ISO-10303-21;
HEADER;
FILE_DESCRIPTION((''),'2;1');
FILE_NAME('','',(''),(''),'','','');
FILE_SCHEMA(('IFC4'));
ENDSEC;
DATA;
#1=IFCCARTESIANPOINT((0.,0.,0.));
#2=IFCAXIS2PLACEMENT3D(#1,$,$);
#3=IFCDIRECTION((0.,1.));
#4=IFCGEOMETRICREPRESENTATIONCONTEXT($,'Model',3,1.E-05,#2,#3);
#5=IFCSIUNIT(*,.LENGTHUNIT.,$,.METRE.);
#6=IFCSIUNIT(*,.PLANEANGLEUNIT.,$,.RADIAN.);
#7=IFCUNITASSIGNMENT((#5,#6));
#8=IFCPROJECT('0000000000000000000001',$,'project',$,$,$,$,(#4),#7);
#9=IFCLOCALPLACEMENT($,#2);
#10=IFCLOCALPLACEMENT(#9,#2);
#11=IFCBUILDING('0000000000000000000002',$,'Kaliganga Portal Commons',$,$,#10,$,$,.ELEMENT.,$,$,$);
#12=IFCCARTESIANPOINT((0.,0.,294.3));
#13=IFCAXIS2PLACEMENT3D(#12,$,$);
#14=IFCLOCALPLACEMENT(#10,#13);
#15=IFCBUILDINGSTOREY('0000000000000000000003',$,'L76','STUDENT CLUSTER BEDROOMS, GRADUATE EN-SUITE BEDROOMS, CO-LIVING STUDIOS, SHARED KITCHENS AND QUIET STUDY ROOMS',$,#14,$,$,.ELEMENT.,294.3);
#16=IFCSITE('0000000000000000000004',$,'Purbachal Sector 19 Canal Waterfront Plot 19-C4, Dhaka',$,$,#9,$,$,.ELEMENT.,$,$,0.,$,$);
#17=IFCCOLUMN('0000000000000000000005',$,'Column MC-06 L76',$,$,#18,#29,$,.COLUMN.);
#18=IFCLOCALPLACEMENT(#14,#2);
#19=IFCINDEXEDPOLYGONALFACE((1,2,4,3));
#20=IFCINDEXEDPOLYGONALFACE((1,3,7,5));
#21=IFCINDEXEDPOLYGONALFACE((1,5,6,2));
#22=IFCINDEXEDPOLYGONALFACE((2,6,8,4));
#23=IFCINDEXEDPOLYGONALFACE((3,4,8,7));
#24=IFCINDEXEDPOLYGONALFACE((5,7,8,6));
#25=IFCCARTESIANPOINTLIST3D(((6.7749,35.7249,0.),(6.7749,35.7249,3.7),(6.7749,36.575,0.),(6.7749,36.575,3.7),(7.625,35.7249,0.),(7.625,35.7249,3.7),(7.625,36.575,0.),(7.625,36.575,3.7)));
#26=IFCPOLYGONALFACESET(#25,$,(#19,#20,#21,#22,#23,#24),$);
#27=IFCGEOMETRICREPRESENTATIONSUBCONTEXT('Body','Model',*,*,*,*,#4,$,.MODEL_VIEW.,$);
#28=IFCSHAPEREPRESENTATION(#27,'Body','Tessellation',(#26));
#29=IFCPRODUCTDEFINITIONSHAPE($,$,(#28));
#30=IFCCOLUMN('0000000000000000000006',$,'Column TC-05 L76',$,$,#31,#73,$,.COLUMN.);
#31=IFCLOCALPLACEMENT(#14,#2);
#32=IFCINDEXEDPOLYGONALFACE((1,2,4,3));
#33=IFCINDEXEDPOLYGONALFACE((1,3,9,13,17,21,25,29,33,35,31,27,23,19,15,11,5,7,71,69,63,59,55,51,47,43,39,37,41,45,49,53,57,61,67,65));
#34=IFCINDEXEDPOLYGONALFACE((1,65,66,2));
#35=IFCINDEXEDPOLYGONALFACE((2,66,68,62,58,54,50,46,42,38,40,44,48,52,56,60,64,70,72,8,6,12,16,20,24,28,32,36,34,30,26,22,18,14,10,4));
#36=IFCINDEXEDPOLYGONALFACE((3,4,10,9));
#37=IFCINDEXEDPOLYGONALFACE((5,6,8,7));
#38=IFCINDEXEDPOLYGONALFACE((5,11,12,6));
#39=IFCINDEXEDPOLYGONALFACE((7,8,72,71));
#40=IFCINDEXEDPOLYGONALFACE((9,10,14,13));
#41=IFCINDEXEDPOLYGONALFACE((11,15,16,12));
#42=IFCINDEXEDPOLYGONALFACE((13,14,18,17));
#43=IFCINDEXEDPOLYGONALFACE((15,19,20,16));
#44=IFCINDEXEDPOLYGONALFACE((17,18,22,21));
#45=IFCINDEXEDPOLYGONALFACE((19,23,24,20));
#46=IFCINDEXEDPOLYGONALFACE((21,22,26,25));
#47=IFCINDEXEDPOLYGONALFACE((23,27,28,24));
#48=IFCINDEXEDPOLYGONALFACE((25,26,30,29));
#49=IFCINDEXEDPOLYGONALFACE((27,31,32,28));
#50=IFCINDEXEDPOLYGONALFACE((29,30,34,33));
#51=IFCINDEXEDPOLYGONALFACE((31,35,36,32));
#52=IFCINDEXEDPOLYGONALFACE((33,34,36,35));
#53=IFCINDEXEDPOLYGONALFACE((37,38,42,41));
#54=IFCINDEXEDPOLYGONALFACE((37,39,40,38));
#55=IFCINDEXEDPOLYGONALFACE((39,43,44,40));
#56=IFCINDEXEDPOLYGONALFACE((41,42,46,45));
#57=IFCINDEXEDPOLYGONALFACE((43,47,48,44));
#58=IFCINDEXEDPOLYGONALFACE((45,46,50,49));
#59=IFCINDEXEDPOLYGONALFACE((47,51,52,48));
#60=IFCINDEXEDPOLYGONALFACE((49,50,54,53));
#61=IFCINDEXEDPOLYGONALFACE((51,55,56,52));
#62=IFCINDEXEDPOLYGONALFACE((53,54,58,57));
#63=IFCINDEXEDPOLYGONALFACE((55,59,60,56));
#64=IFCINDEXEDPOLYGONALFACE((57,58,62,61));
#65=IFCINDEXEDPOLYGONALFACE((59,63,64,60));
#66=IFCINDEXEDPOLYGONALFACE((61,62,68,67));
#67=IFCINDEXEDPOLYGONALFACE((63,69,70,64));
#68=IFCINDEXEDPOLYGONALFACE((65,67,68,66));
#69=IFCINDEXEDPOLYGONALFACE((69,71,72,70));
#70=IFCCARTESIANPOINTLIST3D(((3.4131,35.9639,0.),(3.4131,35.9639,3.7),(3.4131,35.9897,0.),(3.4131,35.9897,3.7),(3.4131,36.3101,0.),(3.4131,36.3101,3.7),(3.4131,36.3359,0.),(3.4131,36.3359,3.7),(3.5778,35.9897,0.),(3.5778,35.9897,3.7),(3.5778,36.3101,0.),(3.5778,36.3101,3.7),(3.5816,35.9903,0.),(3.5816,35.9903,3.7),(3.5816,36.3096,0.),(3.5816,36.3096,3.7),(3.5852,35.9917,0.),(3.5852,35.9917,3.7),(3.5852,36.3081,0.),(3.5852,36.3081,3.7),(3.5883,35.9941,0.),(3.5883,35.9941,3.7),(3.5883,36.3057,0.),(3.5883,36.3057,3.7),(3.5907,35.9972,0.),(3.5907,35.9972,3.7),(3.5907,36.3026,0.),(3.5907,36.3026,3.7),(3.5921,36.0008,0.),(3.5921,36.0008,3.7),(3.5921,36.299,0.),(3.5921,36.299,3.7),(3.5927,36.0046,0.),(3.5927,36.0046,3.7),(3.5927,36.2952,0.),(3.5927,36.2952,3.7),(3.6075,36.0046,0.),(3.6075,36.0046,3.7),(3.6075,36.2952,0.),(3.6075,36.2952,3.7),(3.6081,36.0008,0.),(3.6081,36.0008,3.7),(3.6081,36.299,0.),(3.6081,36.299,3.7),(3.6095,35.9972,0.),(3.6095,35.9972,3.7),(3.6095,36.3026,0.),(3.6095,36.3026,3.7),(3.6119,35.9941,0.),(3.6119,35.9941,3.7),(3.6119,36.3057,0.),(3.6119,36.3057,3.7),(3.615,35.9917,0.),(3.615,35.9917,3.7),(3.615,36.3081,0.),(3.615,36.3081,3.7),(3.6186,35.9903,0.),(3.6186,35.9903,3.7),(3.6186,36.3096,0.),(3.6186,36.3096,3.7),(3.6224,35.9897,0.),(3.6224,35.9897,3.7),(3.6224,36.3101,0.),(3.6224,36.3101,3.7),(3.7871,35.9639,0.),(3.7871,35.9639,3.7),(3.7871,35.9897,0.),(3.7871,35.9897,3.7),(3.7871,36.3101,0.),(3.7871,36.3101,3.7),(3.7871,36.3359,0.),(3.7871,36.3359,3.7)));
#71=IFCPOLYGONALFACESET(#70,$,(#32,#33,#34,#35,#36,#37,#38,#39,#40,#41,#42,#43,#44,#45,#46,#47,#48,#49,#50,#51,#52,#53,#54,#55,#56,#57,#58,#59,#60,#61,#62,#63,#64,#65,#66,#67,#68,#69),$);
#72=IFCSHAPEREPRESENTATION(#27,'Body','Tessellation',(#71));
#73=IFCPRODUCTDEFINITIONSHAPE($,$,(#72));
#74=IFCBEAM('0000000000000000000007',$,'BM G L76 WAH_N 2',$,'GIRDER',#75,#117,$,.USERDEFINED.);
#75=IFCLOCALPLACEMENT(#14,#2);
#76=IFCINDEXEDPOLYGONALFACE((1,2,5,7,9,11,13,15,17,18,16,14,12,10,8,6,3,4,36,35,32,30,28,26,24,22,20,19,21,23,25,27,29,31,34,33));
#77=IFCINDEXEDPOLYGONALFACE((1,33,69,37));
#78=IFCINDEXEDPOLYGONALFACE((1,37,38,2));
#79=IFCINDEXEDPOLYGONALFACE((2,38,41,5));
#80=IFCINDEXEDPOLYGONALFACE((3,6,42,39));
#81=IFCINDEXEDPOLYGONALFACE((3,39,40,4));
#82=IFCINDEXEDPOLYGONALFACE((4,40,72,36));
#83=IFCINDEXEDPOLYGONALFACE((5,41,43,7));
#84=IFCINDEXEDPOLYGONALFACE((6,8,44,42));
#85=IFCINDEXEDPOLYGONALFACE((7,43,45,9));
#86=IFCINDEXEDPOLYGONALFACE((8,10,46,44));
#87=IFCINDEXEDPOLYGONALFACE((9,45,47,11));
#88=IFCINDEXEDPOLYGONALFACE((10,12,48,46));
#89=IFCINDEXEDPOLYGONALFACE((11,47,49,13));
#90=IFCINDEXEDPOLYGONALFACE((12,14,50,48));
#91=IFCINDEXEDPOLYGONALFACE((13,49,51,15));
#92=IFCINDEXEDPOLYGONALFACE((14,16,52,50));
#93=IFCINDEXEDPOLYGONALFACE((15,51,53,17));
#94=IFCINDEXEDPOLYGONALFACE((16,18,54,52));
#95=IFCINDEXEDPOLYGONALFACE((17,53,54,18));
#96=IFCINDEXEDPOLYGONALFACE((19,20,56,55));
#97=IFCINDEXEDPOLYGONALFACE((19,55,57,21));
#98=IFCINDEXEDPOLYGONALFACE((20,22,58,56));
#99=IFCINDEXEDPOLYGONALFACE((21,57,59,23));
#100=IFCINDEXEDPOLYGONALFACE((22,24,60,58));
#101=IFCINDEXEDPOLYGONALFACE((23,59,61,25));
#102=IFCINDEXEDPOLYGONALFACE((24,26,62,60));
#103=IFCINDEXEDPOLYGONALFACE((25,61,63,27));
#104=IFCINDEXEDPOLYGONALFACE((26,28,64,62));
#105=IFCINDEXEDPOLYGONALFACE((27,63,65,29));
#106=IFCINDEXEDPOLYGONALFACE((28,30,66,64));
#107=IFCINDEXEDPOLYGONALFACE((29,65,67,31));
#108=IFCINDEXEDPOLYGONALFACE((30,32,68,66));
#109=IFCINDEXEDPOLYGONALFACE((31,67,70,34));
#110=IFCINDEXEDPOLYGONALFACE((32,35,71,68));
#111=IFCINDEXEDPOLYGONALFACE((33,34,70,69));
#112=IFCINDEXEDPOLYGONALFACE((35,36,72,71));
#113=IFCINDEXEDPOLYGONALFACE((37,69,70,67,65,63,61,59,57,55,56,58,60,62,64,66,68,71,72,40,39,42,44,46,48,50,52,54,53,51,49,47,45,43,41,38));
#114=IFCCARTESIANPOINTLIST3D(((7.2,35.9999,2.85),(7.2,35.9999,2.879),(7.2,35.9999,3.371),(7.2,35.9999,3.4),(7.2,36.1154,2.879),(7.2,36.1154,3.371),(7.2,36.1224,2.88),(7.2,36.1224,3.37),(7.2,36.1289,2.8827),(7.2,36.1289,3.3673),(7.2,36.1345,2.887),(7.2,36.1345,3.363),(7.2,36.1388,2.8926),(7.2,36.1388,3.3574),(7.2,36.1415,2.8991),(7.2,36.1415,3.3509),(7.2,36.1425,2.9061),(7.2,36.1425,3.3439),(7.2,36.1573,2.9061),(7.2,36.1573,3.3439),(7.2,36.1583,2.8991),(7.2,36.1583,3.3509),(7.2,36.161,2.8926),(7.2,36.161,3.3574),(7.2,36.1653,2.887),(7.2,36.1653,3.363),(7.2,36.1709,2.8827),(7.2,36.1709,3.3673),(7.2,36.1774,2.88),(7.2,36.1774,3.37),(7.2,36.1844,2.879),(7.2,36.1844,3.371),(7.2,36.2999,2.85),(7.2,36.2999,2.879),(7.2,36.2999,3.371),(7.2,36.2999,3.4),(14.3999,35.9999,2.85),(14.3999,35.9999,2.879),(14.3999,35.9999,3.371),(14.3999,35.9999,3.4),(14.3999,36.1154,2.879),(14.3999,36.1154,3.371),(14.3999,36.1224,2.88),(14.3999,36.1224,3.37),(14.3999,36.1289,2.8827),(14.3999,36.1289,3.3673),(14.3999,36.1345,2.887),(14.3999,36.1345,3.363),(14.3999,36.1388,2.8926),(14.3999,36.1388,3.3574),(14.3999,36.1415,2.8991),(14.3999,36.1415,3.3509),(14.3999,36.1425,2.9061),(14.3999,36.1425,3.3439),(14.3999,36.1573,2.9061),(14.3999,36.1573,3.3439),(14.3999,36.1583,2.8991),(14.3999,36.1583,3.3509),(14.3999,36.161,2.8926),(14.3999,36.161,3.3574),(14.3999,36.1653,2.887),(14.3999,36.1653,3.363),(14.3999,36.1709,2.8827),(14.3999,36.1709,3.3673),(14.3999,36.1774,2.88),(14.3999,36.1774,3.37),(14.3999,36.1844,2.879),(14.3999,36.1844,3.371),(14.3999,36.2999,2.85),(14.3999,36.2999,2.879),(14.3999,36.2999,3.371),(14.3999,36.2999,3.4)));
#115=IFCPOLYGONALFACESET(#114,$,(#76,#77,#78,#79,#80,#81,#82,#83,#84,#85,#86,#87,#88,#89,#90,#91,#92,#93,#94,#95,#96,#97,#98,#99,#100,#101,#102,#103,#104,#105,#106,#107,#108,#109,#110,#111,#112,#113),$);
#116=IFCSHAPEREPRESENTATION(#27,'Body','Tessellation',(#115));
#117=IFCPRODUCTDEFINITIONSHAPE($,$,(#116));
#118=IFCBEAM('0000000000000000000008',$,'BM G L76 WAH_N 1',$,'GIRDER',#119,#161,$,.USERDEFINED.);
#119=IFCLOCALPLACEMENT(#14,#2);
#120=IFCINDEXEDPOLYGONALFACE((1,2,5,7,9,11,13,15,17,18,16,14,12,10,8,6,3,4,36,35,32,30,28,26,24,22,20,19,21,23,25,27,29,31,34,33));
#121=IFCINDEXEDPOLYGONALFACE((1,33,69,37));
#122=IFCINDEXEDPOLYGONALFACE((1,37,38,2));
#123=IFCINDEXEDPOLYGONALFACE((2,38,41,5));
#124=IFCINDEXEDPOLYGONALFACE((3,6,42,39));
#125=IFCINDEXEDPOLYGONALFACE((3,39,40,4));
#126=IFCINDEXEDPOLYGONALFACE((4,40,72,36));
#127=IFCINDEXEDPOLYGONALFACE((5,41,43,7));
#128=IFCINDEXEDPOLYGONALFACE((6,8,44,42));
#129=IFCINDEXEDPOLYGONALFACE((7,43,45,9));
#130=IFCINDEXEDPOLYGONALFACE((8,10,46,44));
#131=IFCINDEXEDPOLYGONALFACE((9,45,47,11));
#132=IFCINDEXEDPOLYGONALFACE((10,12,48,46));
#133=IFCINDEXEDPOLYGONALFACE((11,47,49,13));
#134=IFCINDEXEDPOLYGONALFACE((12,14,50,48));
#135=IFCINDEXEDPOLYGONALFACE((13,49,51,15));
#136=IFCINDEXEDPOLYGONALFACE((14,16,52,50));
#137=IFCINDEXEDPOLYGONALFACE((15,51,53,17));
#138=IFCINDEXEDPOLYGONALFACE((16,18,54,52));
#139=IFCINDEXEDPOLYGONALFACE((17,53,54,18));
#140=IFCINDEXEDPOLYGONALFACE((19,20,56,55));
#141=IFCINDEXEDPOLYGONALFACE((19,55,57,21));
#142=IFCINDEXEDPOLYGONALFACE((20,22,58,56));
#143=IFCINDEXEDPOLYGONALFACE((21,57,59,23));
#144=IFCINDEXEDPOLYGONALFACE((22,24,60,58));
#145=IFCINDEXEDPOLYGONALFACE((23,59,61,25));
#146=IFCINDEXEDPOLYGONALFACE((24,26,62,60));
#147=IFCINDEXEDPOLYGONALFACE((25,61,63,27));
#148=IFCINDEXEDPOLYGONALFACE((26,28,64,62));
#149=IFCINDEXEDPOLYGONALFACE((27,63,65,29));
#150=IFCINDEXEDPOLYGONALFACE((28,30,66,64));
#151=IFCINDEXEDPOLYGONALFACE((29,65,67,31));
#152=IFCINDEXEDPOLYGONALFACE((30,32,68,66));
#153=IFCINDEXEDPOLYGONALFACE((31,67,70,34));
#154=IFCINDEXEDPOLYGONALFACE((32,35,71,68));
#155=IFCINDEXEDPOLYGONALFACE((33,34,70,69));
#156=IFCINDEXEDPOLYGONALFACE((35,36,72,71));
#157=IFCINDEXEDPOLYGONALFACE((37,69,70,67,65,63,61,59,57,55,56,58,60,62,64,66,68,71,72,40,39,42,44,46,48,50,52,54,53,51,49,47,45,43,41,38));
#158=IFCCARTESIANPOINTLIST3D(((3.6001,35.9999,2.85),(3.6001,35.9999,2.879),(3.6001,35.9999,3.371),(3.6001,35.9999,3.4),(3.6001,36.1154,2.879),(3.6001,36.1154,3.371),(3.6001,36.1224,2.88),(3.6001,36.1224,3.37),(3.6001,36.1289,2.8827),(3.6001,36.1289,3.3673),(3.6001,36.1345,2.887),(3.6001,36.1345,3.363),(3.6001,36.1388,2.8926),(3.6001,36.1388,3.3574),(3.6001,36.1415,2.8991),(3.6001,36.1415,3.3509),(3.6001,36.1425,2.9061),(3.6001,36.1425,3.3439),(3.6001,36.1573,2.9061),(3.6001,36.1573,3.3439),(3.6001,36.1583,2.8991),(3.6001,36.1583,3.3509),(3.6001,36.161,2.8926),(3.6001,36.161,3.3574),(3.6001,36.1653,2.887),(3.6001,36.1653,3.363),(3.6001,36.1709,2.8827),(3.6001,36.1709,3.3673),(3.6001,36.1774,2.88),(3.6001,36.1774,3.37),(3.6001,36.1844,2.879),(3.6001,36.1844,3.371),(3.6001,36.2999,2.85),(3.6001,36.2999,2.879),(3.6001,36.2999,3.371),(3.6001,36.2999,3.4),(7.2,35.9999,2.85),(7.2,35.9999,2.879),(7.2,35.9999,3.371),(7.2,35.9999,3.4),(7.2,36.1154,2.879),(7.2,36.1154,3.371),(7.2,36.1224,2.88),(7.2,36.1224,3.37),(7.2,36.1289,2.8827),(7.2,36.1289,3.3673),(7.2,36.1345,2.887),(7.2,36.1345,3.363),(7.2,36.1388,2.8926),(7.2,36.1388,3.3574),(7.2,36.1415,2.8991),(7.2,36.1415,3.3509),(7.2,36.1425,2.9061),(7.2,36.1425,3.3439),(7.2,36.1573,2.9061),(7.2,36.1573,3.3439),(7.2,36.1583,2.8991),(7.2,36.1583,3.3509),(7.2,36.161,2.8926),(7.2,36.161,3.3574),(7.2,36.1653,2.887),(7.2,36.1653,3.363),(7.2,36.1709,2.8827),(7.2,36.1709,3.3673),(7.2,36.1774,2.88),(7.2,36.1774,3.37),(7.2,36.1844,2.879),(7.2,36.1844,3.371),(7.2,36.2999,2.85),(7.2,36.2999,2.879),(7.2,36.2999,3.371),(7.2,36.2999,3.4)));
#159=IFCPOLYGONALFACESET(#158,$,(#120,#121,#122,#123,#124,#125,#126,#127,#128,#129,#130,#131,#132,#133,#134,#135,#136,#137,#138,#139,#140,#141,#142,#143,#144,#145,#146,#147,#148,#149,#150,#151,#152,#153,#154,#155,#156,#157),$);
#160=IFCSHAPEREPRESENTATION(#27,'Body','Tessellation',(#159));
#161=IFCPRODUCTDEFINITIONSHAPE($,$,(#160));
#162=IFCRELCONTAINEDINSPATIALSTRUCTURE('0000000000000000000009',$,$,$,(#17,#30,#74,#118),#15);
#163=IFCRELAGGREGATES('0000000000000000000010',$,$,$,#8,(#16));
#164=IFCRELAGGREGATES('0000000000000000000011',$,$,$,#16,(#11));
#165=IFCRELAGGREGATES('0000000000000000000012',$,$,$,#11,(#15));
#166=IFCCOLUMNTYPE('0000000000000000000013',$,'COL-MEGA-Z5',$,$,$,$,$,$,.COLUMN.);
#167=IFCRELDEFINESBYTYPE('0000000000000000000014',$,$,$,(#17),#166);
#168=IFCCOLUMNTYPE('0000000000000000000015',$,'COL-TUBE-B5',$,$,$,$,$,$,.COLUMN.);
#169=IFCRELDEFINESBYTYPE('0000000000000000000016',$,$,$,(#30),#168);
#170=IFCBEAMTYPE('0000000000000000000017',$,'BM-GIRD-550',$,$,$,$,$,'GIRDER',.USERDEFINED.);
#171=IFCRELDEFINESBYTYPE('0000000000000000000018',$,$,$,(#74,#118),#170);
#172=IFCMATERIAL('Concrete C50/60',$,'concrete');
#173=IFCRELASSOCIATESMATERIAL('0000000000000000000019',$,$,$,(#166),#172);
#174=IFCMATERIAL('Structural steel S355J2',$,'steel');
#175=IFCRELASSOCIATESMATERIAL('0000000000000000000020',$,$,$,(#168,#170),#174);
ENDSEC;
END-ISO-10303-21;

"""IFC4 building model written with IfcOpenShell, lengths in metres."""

from ifc_helpers import new_model, si_unit, direction, frame, origin, origin_2d, place, context, subcontext, project, spatial, rectangle, i_section, extrude, source, transform, mapped, material, material_profile, profile_set, type_object, element, save


model = new_model("IFC4")

# Units and contexts
model_context = context("Model", 3, precision=1e-05, world=origin(), true_north=direction((0.0, 1.0)))
body_context = subcontext(model_context, "Body", "Model", "MODEL_VIEW")
ifc_project = project(units=[si_unit("LENGTHUNIT", "METRE"), si_unit("PLANEANGLEUNIT", "RADIAN")], contexts=[model_context])

# Site, building, storey
site_placement = place(None, origin())
site = spatial("IfcSite", under=ifc_project, at=site_placement, Name="Purbachal Sector 19 Canal Waterfront Plot 19-C4, Dhaka", CompositionType="ELEMENT", RefElevation=0.0)
building_placement = place(site_placement, origin())
building = spatial("IfcBuilding", under=site, at=building_placement, Name="Kaliganga Portal Commons", CompositionType="ELEMENT")
storey_placement = place(building_placement, frame((0.0, 0.0, 294.3)))
storey = spatial("IfcBuildingStorey", under=building, at=storey_placement, Name="L76", Description="STUDENT CLUSTER BEDROOMS, GRADUATE EN-SUITE BEDROOMS, CO-LIVING STUDIOS, SHARED KITCHENS AND QUIET STUDY ROOMS", CompositionType="ELEMENT", Elevation=294.3)

# Columns
ifc_material_1 = material(Name="Concrete C50/60", Category="concrete")
ifc_material_profile_1 = material_profile(ifc_material_1, rectangle(XDim=0.8501, YDim=0.8501, at=origin_2d()), Name="RC 850x850")
ifc_profile_set_1 = profile_set([ifc_material_profile_1], Name="Concrete C50/60")
column_type_1 = type_object("IfcColumnType", Name="COL-MEGA-Z5", PredefinedType="COLUMN", material=ifc_profile_set_1)
shared_shape_1 = source(origin(), body_context, "Body", "SweptSolid", [
    extrude(rectangle(XDim=0.8501, YDim=0.8501, at=origin_2d()), origin(), (0.0, 0.0, 1.0), 3.7),
])
column_1_placement = place(storey_placement, frame((7.2, 36.1499, 0.0), z_axis=(0.0, 0.0, 1.0), x_axis=(1.0, 0.0, 0.0)))
element("IfcColumn", 1, at=column_1_placement, inside=storey, type_object=column_type_1, Name="Column MC-06 L76", PredefinedType="COLUMN", context=body_context, shape_type="MappedRepresentation", body=[
    mapped(shared_shape_1, transform((0.0, 0.0, 0.0), x_axis=(1.0, 0.0, 0.0), y_axis=(0.0, 1.0, 0.0), z_axis=(0.0, 0.0, 1.0), scale=1.0)),
])
ifc_material_2 = material(Name="Structural steel S355J2", Category="steel")
ifc_material_profile_2 = material_profile(ifc_material_2, i_section(OverallWidth=0.374, OverallDepth=0.3721, WebThickness=0.0149, FlangeThickness=0.0259, FilletRadius=0.0149, at=origin_2d()), Name="HD 360x196")
ifc_profile_set_2 = profile_set([ifc_material_profile_2], Name="Structural steel S355J2 wide-flange")
column_type_2 = type_object("IfcColumnType", Name="COL-TUBE-B5", PredefinedType="COLUMN", material=ifc_profile_set_2)
shared_shape_2 = source(origin(), body_context, "Body", "SweptSolid", [
    extrude(i_section(OverallWidth=0.374, OverallDepth=0.3721, WebThickness=0.0149, FlangeThickness=0.0259, FilletRadius=0.0149, at=origin_2d()), origin(), (0.0, 0.0, 1.0), 3.7),
])
column_2_placement = place(storey_placement, frame((3.6001, 36.1499, 0.0), z_axis=(0.0, 0.0, 1.0), x_axis=(1.0, 0.0, 0.0)))
element("IfcColumn", 2, at=column_2_placement, inside=storey, type_object=column_type_2, Name="Column TC-05 L76", PredefinedType="COLUMN", context=body_context, shape_type="MappedRepresentation", body=[
    mapped(shared_shape_2, transform((0.0, 0.0, 0.0), x_axis=(1.0, 0.0, 0.0), y_axis=(0.0, 1.0, 0.0), z_axis=(0.0, 0.0, 1.0), scale=1.0)),
])

# Beams
ifc_material_profile_3 = material_profile(ifc_material_2, i_section(OverallWidth=0.3, OverallDepth=0.55, WebThickness=0.0149, FlangeThickness=0.0291, FilletRadius=0.0271, at=origin_2d()), Name="HE 550 B")
ifc_profile_set_3 = profile_set([ifc_material_profile_3], Name="Structural steel S355J2 wide-flange")
beam_type = type_object("IfcBeamType", Name="BM-GIRD-550", ElementType="GIRDER", PredefinedType="USERDEFINED", material=ifc_profile_set_3)
shared_shape_3 = source(origin(), body_context, "Body", "SweptSolid", [
    extrude(i_section(OverallWidth=0.3, OverallDepth=0.55, WebThickness=0.0149, FlangeThickness=0.0291, FilletRadius=0.0271, at=origin_2d()), origin(), (0.0, 0.0, 1.0), 7.2),
])
beam_1_placement = place(storey_placement, frame((7.2, 36.1499, 3.125), z_axis=(1.0, 0.0, 0.0), x_axis=(0.0, 1.0, 0.0)))
element("IfcBeam", 3, at=beam_1_placement, inside=storey, type_object=beam_type, Name="BM G L76 WAH_N 2", ObjectType="GIRDER", PredefinedType="USERDEFINED", context=body_context, shape_type="MappedRepresentation", body=[
    mapped(shared_shape_3, transform((0.0, 0.0, 0.0), x_axis=(1.0, 0.0, 0.0), y_axis=(0.0, 1.0, 0.0), z_axis=(0.0, 0.0, 1.0), scale=1.0)),
])
shared_shape_4 = source(origin(), body_context, "Body", "SweptSolid", [
    extrude(i_section(OverallWidth=0.3, OverallDepth=0.55, WebThickness=0.0149, FlangeThickness=0.0291, FilletRadius=0.0271, at=origin_2d()), origin(), (0.0, 0.0, 1.0), 3.5999),
])
beam_2_placement = place(storey_placement, frame((3.6001, 36.1499, 3.125), z_axis=(1.0, 0.0, 0.0), x_axis=(0.0, 1.0, 0.0)))
element("IfcBeam", 4, at=beam_2_placement, inside=storey, type_object=beam_type, Name="BM G L76 WAH_N 1", ObjectType="GIRDER", PredefinedType="USERDEFINED", context=body_context, shape_type="MappedRepresentation", body=[
    mapped(shared_shape_4, transform((0.0, 0.0, 0.0), x_axis=(1.0, 0.0, 0.0), y_axis=(0.0, 1.0, 0.0), z_axis=(0.0, 0.0, 1.0), scale=1.0)),
])

save(model, "model.ifc")
